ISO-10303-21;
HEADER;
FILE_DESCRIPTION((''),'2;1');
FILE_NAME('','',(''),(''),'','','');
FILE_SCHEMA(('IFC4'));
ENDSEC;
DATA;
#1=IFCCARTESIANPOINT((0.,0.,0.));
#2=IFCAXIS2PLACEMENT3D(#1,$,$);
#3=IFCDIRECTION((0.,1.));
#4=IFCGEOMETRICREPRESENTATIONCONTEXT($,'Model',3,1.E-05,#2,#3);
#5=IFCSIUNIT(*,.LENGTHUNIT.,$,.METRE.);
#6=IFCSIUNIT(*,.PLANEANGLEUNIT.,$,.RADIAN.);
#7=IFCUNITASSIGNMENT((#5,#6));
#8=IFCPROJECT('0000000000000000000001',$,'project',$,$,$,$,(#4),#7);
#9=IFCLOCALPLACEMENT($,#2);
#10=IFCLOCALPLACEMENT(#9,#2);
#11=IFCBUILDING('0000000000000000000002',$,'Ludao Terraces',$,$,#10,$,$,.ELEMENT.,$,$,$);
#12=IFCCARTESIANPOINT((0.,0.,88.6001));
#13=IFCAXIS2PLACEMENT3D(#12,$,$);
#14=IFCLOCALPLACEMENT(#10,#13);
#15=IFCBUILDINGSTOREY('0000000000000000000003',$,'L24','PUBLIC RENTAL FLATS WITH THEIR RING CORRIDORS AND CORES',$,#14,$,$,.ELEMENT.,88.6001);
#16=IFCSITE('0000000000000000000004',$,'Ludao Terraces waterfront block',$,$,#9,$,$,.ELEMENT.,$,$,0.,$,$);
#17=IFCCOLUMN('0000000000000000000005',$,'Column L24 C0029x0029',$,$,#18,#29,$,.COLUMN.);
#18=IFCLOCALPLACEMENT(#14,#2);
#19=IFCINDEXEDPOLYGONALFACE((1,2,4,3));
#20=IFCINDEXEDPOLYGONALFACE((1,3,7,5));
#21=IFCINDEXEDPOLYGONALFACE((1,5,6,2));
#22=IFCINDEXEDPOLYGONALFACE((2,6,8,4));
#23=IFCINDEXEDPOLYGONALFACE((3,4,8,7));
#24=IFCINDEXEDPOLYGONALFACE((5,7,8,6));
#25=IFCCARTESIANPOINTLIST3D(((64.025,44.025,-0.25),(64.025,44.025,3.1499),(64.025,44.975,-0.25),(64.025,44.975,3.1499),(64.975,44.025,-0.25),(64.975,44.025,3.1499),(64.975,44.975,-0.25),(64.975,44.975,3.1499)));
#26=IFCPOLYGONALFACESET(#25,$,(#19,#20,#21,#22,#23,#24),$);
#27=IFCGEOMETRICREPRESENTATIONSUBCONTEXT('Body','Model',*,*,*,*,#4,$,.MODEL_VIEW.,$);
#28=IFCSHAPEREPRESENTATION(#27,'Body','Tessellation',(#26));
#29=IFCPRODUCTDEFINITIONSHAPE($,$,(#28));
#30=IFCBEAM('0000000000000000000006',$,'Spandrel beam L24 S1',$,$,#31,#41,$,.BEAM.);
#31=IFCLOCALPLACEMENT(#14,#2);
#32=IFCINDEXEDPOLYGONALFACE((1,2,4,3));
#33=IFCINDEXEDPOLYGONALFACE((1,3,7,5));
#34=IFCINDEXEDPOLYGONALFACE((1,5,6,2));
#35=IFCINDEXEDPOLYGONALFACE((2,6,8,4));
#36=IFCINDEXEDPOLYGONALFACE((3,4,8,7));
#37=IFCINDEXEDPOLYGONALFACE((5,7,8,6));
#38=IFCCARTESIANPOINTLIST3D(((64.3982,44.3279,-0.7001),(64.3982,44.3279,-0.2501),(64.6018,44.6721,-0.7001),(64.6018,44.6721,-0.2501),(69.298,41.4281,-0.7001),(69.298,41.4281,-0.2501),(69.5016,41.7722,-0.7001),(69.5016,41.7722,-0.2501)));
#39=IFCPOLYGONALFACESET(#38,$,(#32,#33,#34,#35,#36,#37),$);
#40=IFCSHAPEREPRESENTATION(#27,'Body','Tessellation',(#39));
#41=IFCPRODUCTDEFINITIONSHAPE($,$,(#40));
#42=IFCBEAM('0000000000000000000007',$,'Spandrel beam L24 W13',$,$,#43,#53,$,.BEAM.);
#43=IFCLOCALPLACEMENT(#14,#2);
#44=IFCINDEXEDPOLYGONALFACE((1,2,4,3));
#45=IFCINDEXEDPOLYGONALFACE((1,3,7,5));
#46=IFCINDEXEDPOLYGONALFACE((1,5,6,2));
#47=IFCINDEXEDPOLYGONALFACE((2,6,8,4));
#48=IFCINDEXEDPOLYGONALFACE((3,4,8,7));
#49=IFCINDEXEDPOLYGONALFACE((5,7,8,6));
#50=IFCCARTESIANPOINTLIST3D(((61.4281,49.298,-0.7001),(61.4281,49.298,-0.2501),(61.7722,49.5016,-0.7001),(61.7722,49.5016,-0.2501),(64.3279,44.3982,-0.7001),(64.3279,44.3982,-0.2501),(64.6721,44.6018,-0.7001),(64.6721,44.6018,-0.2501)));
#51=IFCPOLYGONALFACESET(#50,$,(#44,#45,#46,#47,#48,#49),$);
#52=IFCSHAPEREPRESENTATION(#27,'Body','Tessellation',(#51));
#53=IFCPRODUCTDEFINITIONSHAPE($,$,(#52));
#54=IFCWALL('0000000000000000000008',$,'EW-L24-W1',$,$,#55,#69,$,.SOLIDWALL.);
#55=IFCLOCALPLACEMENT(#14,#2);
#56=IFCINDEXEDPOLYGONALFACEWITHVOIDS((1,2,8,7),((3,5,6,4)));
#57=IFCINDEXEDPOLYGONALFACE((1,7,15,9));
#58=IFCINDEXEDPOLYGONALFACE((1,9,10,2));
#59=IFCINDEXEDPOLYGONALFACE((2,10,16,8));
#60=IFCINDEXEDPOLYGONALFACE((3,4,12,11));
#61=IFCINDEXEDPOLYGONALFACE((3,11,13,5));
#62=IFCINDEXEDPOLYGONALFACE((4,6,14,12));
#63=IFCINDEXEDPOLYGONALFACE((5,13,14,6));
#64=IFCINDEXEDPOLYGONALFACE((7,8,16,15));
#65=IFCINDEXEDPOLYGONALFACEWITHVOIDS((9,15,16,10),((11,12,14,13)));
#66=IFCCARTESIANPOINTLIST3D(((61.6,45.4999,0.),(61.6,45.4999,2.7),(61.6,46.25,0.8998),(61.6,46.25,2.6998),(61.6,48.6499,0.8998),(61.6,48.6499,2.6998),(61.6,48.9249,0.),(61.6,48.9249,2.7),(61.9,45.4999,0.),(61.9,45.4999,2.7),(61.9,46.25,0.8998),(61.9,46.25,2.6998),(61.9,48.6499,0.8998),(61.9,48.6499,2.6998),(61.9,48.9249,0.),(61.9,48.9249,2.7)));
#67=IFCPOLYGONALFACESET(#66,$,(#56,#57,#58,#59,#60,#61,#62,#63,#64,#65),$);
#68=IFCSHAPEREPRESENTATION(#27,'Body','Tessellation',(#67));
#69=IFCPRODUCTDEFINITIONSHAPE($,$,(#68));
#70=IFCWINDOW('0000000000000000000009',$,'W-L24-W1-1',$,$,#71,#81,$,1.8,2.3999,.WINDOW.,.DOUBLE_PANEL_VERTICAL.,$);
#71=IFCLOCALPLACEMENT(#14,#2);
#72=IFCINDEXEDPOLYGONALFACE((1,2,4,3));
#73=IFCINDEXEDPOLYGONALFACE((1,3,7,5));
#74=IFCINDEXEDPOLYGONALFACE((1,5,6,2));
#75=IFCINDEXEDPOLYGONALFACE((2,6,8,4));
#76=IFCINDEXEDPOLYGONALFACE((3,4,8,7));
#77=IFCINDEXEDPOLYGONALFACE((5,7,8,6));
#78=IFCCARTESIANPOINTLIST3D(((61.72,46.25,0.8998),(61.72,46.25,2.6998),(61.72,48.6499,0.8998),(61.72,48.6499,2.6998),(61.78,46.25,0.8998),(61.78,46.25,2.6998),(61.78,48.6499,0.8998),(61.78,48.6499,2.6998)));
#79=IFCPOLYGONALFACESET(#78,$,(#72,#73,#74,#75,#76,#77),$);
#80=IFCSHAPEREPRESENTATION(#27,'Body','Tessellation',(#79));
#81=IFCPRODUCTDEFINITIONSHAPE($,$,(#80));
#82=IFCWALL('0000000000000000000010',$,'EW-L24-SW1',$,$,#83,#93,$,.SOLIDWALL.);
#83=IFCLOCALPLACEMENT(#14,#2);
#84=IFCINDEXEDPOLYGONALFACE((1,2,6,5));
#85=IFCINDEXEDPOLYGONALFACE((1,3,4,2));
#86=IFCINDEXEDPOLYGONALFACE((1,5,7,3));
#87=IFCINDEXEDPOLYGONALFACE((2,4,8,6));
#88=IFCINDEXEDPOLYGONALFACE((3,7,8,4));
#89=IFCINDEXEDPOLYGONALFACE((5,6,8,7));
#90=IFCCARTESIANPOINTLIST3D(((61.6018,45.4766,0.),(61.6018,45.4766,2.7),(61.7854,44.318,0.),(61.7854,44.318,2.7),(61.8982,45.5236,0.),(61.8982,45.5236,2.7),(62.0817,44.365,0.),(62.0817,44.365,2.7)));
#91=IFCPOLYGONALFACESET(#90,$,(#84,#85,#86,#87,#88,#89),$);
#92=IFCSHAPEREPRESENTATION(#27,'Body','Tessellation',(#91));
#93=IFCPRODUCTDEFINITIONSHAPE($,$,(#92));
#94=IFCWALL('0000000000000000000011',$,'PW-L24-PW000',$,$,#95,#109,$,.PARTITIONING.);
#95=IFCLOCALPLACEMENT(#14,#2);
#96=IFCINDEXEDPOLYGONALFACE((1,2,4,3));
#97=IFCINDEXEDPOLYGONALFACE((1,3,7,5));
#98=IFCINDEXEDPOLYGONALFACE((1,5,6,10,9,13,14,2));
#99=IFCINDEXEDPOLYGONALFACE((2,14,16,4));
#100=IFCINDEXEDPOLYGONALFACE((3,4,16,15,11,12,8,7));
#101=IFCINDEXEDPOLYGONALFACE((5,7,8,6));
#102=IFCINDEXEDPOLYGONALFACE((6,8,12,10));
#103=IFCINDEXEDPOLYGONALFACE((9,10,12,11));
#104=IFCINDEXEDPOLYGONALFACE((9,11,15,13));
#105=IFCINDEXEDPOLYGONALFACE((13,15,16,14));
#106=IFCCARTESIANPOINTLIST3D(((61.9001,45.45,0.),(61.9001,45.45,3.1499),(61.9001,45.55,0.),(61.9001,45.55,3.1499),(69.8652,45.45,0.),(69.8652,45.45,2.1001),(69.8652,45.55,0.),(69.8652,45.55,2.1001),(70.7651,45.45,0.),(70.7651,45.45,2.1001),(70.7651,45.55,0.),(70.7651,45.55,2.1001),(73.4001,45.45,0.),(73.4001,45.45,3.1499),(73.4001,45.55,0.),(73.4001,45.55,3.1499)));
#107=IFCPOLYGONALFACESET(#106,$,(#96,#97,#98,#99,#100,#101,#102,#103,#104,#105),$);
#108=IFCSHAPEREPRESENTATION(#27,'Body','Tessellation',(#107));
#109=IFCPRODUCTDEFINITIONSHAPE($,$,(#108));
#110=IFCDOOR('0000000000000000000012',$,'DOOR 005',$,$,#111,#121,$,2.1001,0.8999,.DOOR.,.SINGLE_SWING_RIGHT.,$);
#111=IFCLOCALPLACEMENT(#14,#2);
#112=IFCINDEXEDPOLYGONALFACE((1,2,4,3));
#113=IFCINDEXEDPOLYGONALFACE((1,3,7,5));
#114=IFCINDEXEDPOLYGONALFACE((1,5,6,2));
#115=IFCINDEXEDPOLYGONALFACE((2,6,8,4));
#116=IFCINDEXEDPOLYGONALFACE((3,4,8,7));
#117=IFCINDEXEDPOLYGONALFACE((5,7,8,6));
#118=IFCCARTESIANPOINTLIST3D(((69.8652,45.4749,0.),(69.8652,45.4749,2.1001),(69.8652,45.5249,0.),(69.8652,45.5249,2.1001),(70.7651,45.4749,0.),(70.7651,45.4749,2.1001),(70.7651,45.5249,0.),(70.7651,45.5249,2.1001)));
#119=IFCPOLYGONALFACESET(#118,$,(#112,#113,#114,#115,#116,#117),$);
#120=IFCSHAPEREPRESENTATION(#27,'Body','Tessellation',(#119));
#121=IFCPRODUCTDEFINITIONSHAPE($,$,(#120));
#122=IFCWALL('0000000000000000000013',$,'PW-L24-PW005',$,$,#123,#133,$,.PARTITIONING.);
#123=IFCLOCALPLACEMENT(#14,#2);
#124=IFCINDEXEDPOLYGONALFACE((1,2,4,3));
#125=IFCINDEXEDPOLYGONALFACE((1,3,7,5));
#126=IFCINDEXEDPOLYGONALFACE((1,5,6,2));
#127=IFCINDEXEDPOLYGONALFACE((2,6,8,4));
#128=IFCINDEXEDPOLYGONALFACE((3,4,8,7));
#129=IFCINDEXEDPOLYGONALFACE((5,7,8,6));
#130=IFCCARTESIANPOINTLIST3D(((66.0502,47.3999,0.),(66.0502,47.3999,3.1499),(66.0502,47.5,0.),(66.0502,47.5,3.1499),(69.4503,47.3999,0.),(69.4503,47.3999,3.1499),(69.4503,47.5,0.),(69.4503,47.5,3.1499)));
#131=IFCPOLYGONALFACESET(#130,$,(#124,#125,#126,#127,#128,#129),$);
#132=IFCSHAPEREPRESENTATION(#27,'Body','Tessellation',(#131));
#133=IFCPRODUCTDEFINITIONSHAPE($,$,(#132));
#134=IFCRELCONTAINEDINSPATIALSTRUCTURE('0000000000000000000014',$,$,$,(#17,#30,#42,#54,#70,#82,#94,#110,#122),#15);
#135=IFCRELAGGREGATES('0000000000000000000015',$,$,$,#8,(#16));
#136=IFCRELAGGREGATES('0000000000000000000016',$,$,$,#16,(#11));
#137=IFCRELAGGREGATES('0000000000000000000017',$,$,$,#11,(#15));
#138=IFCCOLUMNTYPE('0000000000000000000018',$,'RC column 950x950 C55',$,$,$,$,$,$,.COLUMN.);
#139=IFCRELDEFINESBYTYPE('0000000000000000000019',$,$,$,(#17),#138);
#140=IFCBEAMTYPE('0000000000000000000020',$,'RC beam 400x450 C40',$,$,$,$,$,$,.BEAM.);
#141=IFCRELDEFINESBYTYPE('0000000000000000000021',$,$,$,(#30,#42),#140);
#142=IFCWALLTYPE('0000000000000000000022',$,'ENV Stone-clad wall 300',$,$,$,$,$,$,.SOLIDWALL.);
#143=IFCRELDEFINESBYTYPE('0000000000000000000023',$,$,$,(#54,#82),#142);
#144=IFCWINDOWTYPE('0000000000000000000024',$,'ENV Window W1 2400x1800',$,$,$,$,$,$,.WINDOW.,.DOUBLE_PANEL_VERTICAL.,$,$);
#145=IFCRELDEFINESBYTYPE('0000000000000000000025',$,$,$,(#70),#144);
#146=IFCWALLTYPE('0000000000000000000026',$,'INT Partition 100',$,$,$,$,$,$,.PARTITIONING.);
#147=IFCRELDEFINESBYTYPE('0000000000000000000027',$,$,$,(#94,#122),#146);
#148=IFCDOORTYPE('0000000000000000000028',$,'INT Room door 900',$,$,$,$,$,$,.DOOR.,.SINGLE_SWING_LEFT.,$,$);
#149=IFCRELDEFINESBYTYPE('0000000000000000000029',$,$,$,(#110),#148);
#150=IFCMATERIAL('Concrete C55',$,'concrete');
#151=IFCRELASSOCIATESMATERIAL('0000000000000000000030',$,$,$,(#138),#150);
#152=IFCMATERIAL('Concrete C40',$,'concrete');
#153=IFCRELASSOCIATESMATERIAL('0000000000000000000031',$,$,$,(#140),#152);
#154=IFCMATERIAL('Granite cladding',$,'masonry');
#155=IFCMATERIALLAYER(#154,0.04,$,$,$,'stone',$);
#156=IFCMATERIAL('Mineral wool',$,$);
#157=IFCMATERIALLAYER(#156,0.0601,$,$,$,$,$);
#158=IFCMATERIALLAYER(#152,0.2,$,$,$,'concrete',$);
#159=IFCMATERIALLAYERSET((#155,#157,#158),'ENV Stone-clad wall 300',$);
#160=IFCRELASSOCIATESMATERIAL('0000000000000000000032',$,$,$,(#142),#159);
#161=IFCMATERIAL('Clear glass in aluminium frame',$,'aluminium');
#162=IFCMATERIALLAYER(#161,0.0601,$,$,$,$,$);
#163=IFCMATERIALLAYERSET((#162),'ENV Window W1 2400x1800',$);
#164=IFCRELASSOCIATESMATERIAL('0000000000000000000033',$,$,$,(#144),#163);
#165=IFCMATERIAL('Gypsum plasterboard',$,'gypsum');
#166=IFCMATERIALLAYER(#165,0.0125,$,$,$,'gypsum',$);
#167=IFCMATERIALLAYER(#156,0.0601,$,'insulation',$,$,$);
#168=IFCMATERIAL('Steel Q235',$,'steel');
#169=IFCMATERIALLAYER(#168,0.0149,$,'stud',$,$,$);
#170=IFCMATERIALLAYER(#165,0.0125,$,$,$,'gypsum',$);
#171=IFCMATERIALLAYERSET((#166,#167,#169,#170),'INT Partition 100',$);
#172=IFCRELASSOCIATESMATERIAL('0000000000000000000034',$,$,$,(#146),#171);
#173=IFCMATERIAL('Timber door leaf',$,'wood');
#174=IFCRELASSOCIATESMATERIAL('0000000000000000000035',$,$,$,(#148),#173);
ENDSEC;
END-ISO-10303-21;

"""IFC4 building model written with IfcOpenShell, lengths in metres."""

from ifc_helpers import new_model, si_unit, direction, frame, frame_2d, origin, origin_2d, place, context, subcontext, project, spatial, rectangle, extrude, material, layer, layer_set, material_profile, profile_set, type_object, element, fill, save


model = new_model("IFC4")

# Units and contexts
model_context = context("Model", 3, precision=1e-05, world=origin(), true_north=direction((0.0, 1.0)))
body_context = subcontext(model_context, "Body", "Model", "MODEL_VIEW")
ifc_project = project(units=[si_unit("LENGTHUNIT", "METRE"), si_unit("PLANEANGLEUNIT", "RADIAN")], contexts=[model_context])

# Site, building, storey
site_placement = place(None, origin())
site = spatial("IfcSite", under=ifc_project, at=site_placement, Name="Ludao Terraces waterfront block", CompositionType="ELEMENT", RefElevation=0.0)
building_placement = place(site_placement, origin())
building = spatial("IfcBuilding", under=site, at=building_placement, Name="Ludao Terraces", CompositionType="ELEMENT")
storey_placement = place(building_placement, frame((0.0, 0.0, 88.6001)))
storey = spatial("IfcBuildingStorey", under=building, at=storey_placement, Name="L24", Description="PUBLIC RENTAL FLATS WITH THEIR RING CORRIDORS AND CORES", CompositionType="ELEMENT", Elevation=88.6001)

# Column
ifc_material_1 = material(Name="Concrete C55", Category="concrete")
ifc_material_profile_1 = material_profile(ifc_material_1, rectangle(XDim=0.95, YDim=0.95, at=origin_2d()), Name="950 X 950")
ifc_profile_set_1 = profile_set([ifc_material_profile_1], Name="Concrete C55")
column_type = type_object("IfcColumnType", Name="RC column 950x950 C55", PredefinedType="COLUMN", material=ifc_profile_set_1)
column_placement = place(storey_placement, frame((64.5, 44.5, -0.25), z_axis=(0.0, 0.0, 1.0), x_axis=(1.0, 0.0, 0.0)))
element("IfcColumn", 1, at=column_placement, inside=storey, type_object=column_type, Name="Column L24 C0029x0029", PredefinedType="COLUMN", context=body_context, shape_type="SweptSolid", body=[
    extrude(rectangle(XDim=0.95, YDim=0.95, at=origin_2d()), origin(), (0.0, 0.0, 1.0), 3.3999),
])

# Beams
ifc_material_2 = material(Name="Concrete C40", Category="concrete")
ifc_material_profile_2 = material_profile(ifc_material_2, rectangle(XDim=0.3999, YDim=0.45, at=origin_2d()), Name="400 X 450")
ifc_profile_set_2 = profile_set([ifc_material_profile_2], Name="Concrete C40")
beam_type = type_object("IfcBeamType", Name="RC beam 400x450 C40", PredefinedType="BEAM", material=ifc_profile_set_2)
for number, where, z_axis, x_axis, name in (
    (2, (64.5, 44.5, -0.4751), (0.86058, -0.509316, 0.0), (0.509316, 0.86058, 0.0), "Spandrel beam L24 S1"),
    (3, (64.5, 44.5, -0.4751), (-0.509316, 0.86058, 0.0), (-0.86058, -0.509316, 0.0), "Spandrel beam L24 W13"),
):
    element("IfcBeam", number, at=place(storey_placement, frame(where, z_axis=z_axis, x_axis=x_axis)), inside=storey, type_object=beam_type, Name=name, PredefinedType="BEAM", context=body_context, shape_type="SweptSolid", body=[
        extrude(rectangle(XDim=0.3999, YDim=0.45, at=origin_2d()), origin(), (0.0, 0.0, 1.0), 5.6936),
    ])

# Wall, opening, window
ifc_material_3 = material(Name="Granite cladding", Category="masonry")
ifc_layer_1 = layer(ifc_material_3, 0.04, Category="stone")
ifc_material_4 = material(Name="Mineral wool")
ifc_layer_2 = layer(ifc_material_4, 0.0601)
ifc_layer_3 = layer(ifc_material_2, 0.2, Category="concrete")
ifc_layer_set_1 = layer_set([ifc_layer_1, ifc_layer_2, ifc_layer_3], Name="ENV Stone-clad wall 300")
wall_type_1 = type_object("IfcWallType", Name="ENV Stone-clad wall 300", PredefinedType="SOLIDWALL", material=ifc_layer_set_1)
wall_1_placement = place(storey_placement, frame((61.75, 45.5, 0.0), z_axis=(0.0, 0.0, 1.0), x_axis=(0.0, 1.0, 0.0)))
wall_1 = element("IfcWall", 4, at=wall_1_placement, inside=storey, type_object=wall_type_1, Name="EW-L24-W1", PredefinedType="SOLIDWALL", context=body_context, shape_type="SweptSolid", body=[
    extrude(rectangle(XDim=3.425, YDim=0.3, at=frame_2d((1.7124, 0.0))), origin(), (0.0, 0.0, 1.0), 2.7),
])
opening_1_placement = place(wall_1_placement, frame((0.75, 0.0, 0.8999)))
opening_1 = element("IfcOpeningElement", 5, at=opening_1_placement, cuts=wall_1, PredefinedType="OPENING", context=body_context, shape_type="SweptSolid", body=[
    extrude(rectangle(XDim=2.3999, YDim=1.8, at=frame_2d((1.2, 0.8999))), frame((0.0, 0.1602, 0.0), z_axis=(0.0, -1.0, 0.0), x_axis=(1.0, 0.0, 0.0)), (0.0, 0.0, 1.0), 0.3201),
])
ifc_material_5 = material(Name="Clear glass in aluminium frame", Category="aluminium")
ifc_layer_4 = layer(ifc_material_5, 0.0601)
ifc_layer_set_2 = layer_set([ifc_layer_4], Name="ENV Window W1 2400x1800")
window_type = type_object("IfcWindowType", Name="ENV Window W1 2400x1800", PartitioningType="DOUBLE_PANEL_VERTICAL", PredefinedType="WINDOW", material=ifc_layer_set_2)
window_placement = place(opening_1_placement, origin())
window = element("IfcWindow", 6, at=window_placement, inside=storey, type_object=window_type, Name="W-L24-W1-1", OverallHeight=1.8, OverallWidth=2.3999, PartitioningType="DOUBLE_PANEL_VERTICAL", PredefinedType="WINDOW", context=body_context, shape_type="SweptSolid", body=[
    extrude(rectangle(XDim=2.3999, YDim=1.8, at=frame_2d((1.2, 0.8999))), frame((0.0, 0.03, 0.0), z_axis=(0.0, -1.0, 0.0), x_axis=(1.0, 0.0, 0.0)), (0.0, 0.0, 1.0), 0.0601),
])
fill(opening_1, window)

# Wall
wall_2_placement = place(storey_placement, frame((61.75, 45.5, 0.0), z_axis=(0.0, 0.0, 1.0), x_axis=(0.156497, -0.987678, 0.0)))
element("IfcWall", 7, at=wall_2_placement, inside=storey, type_object=wall_type_1, Name="EW-L24-SW1", PredefinedType="SOLIDWALL", context=body_context, shape_type="SweptSolid", body=[
    extrude(rectangle(XDim=1.1731, YDim=0.3, at=frame_2d((0.5864, 0.0))), origin(), (0.0, 0.0, 1.0), 2.7),
])

# Wall, opening, door
ifc_material_6 = material(Name="Gypsum plasterboard", Category="gypsum")
ifc_layer_5 = layer(ifc_material_6, 0.0125, Category="gypsum")
ifc_layer_6 = layer(ifc_material_4, 0.0601, Name="insulation")
ifc_material_7 = material(Name="Steel Q235", Category="steel")
ifc_layer_7 = layer(ifc_material_7, 0.0149, Name="stud")
ifc_layer_8 = layer(ifc_material_6, 0.0125, Category="gypsum")
ifc_layer_set_3 = layer_set([ifc_layer_5, ifc_layer_6, ifc_layer_7, ifc_layer_8], Name="INT Partition 100")
wall_type_2 = type_object("IfcWallType", Name="INT Partition 100", PredefinedType="PARTITIONING", material=ifc_layer_set_3)
wall_3_placement = place(storey_placement, frame((61.9001, 45.5, 0.0), z_axis=(0.0, 0.0, 1.0), x_axis=(1.0, 0.0, 0.0)))
wall_3 = element("IfcWall", 8, at=wall_3_placement, inside=storey, type_object=wall_type_2, Name="PW-L24-PW000", PredefinedType="PARTITIONING", context=body_context, shape_type="SweptSolid", body=[
    extrude(rectangle(XDim=11.5, YDim=0.1001, at=frame_2d((5.75, 0.0))), origin(), (0.0, 0.0, 1.0), 3.1499),
])
opening_2_placement = place(wall_3_placement, frame((7.9651, 0.0, 0.0)))
opening_2 = element("IfcOpeningElement", 9, at=opening_2_placement, cuts=wall_3, PredefinedType="OPENING", context=body_context, shape_type="SweptSolid", body=[
    extrude(rectangle(XDim=0.8999, YDim=2.1001, at=frame_2d((0.45, 1.05))), frame((0.0, 0.0601, 0.0), z_axis=(0.0, -1.0, 0.0), x_axis=(1.0, 0.0, 0.0)), (0.0, 0.0, 1.0), 0.1201),
])
ifc_material_8 = material(Name="Timber door leaf", Category="wood")
door_type = type_object("IfcDoorType", Name="INT Room door 900", OperationType="SINGLE_SWING_LEFT", PredefinedType="DOOR", material=ifc_material_8)
door_placement = place(opening_2_placement, origin())
door = element("IfcDoor", 10, at=door_placement, inside=storey, type_object=door_type, Name="DOOR 005", OperationType="SINGLE_SWING_RIGHT", OverallHeight=2.1001, OverallWidth=0.8999, PredefinedType="DOOR", context=body_context, shape_type="SweptSolid", body=[
    extrude(rectangle(XDim=0.8999, YDim=2.1001, at=frame_2d((0.45, 1.05))), frame((0.0, 0.0249, 0.0), z_axis=(0.0, -1.0, 0.0), x_axis=(1.0, 0.0, 0.0)), (0.0, 0.0, 1.0), 0.05),
])
fill(opening_2, door)

# Wall
wall_4_placement = place(storey_placement, frame((66.05, 47.45, 0.0), z_axis=(0.0, 0.0, 1.0), x_axis=(1.0, 0.0, 0.0)))
element("IfcWall", 11, at=wall_4_placement, inside=storey, type_object=wall_type_2, Name="PW-L24-PW005", PredefinedType="PARTITIONING", context=body_context, shape_type="SweptSolid", body=[
    extrude(rectangle(XDim=3.4001, YDim=0.1001, at=frame_2d((1.7002, 0.0))), origin(), (0.0, 0.0, 1.0), 3.1499),
])

save(model, "model.ifc")
